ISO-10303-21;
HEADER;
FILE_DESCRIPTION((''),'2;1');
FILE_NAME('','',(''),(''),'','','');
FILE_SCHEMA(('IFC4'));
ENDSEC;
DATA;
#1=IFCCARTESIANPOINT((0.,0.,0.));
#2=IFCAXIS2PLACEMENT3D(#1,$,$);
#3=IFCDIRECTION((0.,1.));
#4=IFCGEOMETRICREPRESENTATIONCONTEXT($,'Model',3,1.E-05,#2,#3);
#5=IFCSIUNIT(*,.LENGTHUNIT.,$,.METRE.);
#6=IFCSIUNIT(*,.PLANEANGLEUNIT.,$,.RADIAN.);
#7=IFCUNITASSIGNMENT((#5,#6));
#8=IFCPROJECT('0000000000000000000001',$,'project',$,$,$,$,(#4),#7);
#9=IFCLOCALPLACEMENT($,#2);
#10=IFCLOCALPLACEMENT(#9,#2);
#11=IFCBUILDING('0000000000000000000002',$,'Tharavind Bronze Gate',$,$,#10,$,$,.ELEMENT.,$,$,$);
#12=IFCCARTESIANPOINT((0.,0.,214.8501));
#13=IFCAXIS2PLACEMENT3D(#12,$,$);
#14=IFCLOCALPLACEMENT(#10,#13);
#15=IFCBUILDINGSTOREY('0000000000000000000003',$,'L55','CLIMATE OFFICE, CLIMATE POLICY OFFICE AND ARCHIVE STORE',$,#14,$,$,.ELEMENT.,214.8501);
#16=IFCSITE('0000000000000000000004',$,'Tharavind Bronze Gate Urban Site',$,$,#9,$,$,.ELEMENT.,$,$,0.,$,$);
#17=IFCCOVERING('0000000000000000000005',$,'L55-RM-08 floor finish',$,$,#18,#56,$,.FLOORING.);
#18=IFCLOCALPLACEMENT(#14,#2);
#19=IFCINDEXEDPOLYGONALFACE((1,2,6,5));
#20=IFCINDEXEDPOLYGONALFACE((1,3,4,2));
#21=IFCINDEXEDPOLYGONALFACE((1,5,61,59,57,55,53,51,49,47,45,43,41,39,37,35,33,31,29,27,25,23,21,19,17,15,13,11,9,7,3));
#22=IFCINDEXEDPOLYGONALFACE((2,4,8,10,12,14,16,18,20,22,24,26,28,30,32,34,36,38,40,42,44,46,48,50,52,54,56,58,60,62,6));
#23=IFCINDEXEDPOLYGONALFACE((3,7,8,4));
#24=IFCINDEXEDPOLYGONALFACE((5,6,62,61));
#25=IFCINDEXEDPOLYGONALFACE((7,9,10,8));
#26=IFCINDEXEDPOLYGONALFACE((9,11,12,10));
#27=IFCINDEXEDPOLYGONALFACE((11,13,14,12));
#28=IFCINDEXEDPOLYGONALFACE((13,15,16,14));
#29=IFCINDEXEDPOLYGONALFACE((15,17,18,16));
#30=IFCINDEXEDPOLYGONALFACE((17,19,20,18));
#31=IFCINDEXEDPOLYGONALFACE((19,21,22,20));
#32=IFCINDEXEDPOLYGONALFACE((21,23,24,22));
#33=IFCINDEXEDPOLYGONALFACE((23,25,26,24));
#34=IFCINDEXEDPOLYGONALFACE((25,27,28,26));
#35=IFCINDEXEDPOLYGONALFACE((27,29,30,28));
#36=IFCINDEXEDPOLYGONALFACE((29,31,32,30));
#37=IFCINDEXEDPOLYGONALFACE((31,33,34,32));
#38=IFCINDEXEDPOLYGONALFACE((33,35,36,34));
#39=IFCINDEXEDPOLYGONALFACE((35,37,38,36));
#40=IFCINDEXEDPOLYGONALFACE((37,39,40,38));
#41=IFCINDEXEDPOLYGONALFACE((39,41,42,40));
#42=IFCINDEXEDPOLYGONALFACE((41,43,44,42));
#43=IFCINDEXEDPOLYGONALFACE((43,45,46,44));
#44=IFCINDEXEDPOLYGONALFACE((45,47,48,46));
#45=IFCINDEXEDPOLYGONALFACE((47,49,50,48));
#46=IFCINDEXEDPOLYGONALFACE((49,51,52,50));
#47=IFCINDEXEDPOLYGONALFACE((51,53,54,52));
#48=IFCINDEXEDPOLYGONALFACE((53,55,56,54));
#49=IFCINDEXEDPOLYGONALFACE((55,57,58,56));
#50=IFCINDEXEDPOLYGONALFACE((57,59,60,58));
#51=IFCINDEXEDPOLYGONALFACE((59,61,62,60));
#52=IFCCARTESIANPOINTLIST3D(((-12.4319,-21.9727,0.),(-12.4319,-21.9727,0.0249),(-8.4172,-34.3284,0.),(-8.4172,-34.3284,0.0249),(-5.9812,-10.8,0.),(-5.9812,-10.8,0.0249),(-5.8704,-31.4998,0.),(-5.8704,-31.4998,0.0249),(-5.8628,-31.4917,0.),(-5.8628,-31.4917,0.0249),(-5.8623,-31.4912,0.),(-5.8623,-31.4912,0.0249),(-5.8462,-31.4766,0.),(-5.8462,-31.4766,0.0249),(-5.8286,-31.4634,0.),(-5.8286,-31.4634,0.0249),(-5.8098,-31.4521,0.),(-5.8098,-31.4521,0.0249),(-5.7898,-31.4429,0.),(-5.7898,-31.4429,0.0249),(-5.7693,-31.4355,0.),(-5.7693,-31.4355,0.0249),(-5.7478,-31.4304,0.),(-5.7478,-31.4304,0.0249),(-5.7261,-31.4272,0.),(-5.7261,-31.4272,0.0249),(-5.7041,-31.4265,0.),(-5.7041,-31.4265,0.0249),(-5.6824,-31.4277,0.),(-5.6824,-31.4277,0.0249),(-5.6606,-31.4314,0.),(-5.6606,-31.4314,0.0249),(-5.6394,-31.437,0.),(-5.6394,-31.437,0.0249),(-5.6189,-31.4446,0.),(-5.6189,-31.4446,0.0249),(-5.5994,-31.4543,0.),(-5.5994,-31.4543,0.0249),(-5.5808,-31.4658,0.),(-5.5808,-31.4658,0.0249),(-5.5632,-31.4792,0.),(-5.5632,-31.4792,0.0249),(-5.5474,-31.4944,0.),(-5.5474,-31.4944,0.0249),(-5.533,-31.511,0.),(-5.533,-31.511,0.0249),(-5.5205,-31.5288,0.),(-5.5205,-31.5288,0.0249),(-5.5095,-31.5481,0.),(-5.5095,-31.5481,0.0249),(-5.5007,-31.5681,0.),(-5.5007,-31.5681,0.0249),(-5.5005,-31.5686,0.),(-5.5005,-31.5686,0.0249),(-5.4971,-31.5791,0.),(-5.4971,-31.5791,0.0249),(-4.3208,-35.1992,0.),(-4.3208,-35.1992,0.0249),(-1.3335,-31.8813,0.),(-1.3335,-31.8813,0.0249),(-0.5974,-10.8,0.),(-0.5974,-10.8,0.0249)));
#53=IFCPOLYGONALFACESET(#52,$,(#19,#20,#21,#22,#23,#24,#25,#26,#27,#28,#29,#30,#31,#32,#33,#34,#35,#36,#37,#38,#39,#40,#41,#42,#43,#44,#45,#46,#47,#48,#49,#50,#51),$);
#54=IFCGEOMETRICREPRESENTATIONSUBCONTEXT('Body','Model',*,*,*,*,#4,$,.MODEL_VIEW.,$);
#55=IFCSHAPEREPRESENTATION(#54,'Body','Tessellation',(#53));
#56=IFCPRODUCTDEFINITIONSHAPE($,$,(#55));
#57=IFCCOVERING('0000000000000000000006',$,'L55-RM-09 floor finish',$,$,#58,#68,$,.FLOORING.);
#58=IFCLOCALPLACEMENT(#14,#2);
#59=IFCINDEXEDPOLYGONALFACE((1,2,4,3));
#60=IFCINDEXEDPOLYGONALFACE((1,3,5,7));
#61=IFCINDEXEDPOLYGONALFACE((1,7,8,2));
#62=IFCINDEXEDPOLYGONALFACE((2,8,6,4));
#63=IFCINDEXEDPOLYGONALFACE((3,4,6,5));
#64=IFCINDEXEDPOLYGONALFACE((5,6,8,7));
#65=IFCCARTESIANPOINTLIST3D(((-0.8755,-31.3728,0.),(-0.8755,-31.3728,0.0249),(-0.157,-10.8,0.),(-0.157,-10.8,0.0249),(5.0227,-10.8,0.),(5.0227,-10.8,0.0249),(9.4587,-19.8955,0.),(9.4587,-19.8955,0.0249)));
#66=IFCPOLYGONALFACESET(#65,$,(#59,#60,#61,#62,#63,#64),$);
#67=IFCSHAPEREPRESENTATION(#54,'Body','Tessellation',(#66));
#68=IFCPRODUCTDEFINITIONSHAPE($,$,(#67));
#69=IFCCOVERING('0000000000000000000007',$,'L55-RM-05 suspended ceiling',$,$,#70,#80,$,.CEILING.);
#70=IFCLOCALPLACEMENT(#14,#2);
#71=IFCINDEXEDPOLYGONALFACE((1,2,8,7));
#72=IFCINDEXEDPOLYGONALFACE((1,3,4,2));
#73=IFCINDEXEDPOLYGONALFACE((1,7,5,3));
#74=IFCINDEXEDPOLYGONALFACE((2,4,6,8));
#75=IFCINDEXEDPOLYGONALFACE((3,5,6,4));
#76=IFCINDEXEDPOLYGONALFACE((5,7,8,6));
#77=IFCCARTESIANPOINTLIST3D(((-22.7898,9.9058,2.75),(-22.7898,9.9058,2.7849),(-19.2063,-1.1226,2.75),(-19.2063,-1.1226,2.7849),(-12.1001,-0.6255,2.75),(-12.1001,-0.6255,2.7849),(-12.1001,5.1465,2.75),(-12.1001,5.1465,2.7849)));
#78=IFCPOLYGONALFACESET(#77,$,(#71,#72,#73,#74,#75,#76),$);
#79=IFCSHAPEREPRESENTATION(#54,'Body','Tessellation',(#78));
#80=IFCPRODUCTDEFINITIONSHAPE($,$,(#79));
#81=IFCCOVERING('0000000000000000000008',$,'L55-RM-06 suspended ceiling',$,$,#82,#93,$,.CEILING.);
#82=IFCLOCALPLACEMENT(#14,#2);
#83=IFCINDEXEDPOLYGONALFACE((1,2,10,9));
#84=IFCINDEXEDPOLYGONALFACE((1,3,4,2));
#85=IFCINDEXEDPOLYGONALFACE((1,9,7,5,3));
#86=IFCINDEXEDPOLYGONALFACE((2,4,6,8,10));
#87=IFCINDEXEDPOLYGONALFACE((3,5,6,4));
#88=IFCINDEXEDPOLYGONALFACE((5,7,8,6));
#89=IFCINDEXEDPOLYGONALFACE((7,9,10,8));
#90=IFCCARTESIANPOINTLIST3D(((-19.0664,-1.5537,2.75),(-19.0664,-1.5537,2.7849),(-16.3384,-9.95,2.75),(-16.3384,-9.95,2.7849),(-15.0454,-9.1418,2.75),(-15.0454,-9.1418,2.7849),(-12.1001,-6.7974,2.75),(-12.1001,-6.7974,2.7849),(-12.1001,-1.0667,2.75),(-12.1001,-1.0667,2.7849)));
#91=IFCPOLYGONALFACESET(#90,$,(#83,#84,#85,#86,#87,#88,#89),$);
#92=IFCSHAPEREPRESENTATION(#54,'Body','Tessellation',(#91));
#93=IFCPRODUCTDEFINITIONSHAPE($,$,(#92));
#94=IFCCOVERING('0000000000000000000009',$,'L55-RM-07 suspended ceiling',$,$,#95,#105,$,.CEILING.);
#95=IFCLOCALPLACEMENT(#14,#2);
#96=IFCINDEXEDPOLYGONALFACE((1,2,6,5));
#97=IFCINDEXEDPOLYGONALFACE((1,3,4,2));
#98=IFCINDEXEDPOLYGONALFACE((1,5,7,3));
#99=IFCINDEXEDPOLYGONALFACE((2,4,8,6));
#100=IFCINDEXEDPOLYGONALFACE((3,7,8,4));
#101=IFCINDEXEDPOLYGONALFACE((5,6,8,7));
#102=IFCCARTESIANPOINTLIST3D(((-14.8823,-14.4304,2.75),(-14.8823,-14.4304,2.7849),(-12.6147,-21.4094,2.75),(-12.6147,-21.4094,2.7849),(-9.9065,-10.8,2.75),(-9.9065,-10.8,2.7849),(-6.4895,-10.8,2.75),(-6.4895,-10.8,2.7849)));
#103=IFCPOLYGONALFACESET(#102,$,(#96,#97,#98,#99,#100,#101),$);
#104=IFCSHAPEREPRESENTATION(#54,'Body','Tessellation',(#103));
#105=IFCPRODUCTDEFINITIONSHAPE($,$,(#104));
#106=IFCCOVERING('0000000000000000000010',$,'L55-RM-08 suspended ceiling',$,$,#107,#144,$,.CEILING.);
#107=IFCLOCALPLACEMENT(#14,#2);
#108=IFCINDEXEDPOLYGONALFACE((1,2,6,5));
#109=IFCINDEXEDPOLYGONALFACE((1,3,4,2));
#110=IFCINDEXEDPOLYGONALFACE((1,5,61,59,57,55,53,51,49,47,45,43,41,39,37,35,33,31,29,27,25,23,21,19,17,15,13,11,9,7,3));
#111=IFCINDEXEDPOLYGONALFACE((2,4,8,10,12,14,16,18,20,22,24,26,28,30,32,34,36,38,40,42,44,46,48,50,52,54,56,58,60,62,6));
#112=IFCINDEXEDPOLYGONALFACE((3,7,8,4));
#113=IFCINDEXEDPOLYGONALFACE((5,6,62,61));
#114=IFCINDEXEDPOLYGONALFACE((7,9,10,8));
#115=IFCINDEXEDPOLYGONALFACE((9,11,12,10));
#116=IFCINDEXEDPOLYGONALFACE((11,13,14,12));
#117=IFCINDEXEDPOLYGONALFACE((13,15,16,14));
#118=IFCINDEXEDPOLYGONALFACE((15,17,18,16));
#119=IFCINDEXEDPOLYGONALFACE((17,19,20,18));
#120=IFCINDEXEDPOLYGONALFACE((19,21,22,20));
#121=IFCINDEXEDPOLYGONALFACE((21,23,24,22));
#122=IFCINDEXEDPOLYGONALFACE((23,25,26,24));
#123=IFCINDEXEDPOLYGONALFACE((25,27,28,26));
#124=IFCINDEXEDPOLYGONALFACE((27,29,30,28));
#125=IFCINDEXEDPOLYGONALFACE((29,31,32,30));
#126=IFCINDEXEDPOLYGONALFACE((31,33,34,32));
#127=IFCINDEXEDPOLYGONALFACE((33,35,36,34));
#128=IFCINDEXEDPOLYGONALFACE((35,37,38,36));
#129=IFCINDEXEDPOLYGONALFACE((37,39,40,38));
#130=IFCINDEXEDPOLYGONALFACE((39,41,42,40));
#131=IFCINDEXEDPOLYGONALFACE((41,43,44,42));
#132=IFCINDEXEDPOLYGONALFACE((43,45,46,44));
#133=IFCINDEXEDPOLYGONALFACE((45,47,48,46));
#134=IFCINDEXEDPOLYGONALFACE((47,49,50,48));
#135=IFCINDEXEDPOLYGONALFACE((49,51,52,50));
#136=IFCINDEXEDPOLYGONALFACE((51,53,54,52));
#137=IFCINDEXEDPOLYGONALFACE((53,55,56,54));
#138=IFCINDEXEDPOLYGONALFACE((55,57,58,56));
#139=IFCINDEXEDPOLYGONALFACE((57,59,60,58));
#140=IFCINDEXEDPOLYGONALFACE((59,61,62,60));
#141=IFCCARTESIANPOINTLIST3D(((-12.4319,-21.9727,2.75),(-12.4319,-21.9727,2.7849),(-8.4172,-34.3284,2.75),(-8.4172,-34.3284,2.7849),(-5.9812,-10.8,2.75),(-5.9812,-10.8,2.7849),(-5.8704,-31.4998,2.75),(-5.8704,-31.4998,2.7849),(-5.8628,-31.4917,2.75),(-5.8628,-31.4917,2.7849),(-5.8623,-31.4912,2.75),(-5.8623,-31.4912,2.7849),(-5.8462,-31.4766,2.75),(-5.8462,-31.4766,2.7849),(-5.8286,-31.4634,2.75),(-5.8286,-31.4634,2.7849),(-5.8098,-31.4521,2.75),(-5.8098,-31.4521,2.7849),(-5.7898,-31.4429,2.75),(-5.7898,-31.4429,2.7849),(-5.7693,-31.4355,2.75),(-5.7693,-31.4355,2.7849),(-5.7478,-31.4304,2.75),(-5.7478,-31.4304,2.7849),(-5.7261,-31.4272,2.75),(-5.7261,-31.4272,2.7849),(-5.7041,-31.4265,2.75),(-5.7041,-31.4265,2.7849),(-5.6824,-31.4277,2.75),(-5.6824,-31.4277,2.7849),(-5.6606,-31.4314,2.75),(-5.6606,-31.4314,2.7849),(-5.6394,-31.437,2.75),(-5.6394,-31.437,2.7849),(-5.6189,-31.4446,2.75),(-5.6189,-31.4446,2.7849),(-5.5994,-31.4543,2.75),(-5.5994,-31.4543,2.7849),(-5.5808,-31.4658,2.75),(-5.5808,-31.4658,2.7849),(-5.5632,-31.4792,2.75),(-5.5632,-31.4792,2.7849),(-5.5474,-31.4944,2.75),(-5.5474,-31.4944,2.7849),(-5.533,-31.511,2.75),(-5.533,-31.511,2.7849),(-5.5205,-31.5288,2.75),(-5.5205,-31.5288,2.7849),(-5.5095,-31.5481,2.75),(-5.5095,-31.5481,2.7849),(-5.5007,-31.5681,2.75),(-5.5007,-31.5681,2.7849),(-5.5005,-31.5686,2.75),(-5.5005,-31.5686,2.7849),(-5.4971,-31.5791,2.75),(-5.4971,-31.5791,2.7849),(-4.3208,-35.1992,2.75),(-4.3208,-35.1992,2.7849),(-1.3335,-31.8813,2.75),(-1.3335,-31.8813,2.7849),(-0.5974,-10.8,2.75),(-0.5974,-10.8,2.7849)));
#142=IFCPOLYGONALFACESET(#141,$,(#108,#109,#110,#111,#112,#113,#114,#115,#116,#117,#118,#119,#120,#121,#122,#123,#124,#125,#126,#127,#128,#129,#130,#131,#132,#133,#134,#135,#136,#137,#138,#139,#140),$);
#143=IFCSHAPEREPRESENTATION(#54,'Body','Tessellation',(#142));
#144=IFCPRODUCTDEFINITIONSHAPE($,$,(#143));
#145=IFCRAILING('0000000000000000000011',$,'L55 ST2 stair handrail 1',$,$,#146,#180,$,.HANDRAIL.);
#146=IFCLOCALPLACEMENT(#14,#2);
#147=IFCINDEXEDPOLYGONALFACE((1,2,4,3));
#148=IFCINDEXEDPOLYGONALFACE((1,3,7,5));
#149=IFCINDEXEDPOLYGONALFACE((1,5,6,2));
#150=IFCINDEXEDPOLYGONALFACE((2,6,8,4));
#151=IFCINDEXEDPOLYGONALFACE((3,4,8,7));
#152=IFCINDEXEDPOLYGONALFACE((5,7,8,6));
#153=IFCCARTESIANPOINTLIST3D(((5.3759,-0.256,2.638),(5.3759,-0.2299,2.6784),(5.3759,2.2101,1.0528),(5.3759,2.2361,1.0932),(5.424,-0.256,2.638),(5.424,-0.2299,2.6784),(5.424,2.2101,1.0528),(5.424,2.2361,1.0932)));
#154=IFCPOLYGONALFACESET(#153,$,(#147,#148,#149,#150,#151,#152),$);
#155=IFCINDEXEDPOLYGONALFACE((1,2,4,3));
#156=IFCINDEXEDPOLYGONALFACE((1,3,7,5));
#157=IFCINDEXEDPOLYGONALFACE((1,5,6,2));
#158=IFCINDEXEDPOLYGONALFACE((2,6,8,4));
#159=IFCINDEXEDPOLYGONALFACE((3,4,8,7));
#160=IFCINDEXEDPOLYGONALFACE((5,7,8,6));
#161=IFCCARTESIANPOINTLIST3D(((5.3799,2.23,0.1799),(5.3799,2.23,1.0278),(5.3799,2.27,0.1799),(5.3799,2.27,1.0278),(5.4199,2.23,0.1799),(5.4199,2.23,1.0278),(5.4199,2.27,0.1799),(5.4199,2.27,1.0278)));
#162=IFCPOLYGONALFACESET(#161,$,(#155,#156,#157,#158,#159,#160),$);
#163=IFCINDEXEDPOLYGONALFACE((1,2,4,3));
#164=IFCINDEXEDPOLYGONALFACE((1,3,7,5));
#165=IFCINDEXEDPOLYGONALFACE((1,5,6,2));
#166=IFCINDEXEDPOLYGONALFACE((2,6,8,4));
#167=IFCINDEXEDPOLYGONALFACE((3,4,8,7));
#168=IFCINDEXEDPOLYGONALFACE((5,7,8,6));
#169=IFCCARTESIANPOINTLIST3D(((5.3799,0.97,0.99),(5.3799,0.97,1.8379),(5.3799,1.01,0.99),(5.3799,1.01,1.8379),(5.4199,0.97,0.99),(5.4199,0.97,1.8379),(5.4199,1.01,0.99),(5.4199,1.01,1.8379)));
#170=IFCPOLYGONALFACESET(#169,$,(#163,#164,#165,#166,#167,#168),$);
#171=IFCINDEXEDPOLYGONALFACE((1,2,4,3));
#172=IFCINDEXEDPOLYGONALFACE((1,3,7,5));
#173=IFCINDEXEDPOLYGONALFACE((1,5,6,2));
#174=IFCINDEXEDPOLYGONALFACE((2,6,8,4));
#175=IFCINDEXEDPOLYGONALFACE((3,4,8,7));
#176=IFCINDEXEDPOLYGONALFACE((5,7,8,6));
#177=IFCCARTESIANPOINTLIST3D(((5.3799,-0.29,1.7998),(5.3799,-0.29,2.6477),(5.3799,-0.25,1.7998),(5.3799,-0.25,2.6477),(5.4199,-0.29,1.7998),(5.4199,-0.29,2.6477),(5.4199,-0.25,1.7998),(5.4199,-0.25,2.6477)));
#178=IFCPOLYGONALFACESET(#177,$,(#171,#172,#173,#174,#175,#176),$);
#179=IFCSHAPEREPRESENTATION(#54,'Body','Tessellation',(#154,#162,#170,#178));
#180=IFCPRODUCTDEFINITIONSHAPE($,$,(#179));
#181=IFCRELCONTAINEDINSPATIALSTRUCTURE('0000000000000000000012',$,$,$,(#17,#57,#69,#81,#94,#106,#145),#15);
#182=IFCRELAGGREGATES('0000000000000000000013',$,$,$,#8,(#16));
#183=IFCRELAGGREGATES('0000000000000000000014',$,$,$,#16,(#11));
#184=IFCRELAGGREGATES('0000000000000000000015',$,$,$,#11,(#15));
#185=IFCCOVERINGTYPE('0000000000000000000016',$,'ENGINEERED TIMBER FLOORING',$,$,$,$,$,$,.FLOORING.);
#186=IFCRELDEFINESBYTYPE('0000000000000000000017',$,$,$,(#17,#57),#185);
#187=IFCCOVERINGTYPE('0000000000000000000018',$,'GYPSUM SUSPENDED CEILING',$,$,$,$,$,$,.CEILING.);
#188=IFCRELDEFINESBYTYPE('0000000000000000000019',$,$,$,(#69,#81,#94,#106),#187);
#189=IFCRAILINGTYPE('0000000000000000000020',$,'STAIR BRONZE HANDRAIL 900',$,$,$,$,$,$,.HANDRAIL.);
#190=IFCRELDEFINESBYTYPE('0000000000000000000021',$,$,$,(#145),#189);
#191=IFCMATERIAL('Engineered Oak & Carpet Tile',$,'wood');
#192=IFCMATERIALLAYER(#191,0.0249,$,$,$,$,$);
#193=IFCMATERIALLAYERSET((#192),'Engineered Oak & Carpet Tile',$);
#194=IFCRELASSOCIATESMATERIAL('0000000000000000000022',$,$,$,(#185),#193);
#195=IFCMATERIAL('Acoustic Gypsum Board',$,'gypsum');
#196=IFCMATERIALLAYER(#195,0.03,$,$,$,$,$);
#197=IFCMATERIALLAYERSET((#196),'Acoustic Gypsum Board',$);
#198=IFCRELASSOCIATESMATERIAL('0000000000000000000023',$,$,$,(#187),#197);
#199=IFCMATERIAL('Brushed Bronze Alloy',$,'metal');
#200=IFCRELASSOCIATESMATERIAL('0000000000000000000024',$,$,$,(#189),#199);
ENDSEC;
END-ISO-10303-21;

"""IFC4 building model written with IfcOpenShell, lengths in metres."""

from ifc_helpers import new_model, si_unit, direction, frame, origin, origin_2d, place, context, subcontext, project, spatial, polyline, rectangle, outline, extrude, material, layer, layer_set, type_object, element, save


model = new_model("IFC4")

# Units and contexts
model_context = context("Model", 3, precision=1e-05, world=origin(), true_north=direction((0.0, 1.0)))
body_context = subcontext(model_context, "Body", "Model", "MODEL_VIEW")
ifc_project = project(units=[si_unit("LENGTHUNIT", "METRE"), si_unit("PLANEANGLEUNIT", "RADIAN")], contexts=[model_context])

# Site, building, storey
site_placement = place(None, origin())
site = spatial("IfcSite", under=ifc_project, at=site_placement, Name="Tharavind Bronze Gate Urban Site", CompositionType="ELEMENT", RefElevation=0.0)
building_placement = place(site_placement, origin())
building = spatial("IfcBuilding", under=site, at=building_placement, Name="Tharavind Bronze Gate", CompositionType="ELEMENT")
storey_placement = place(building_placement, frame((0.0, 0.0, 214.8501)))
storey = spatial("IfcBuildingStorey", under=building, at=storey_placement, Name="L55", Description="CLIMATE OFFICE, CLIMATE POLICY OFFICE AND ARCHIVE STORE", CompositionType="ELEMENT", Elevation=214.8501)

# Coverings
ifc_material_1 = material(Name="Engineered Oak & Carpet Tile", Category="wood")
ifc_layer_1 = layer(ifc_material_1, 0.0249)
ifc_layer_set_1 = layer_set([ifc_layer_1], Name="Engineered Oak & Carpet Tile")
covering_type_1 = type_object("IfcCoveringType", Name="ENGINEERED TIMBER FLOORING", PredefinedType="FLOORING", material=ifc_layer_set_1)
covering_1_placement = place(storey_placement, origin())
element("IfcCovering", 1, at=covering_1_placement, inside=storey, type_object=covering_type_1, Name="L55-RM-08 floor finish", PredefinedType="FLOORING", context=body_context, shape_type="SweptSolid", body=[
    extrude(outline(polyline([(-8.4172, -34.3284), (-5.8704, -31.4998), (-5.8628, -31.4917), (-5.8623, -31.4912), (-5.8462, -31.4766), (-5.8286, -31.4634), (-5.8098, -31.4521), (-5.7898, -31.4429), (-5.7693, -31.4355), (-5.7478, -31.4304), (-5.7261, -31.4272), (-5.7041, -31.4265), (-5.6824, -31.4277), (-5.6606, -31.4314), (-5.6394, -31.437), (-5.6189, -31.4446), (-5.5994, -31.4543), (-5.5808, -31.4658), (-5.5632, -31.4792), (-5.5474, -31.4944), (-5.533, -31.511), (-5.5205, -31.5288), (-5.5095, -31.5481), (-5.5007, -31.5681), (-5.5005, -31.5686), (-5.4971, -31.5791), (-4.3208, -35.1992), (-1.3335, -31.8813), (-0.5974, -10.8), (-5.9812, -10.8), (-12.4319, -21.9727), (-8.4172, -34.3284)])), origin(), (0.0, 0.0, 1.0), 0.0249),
])
covering_2_placement = place(storey_placement, origin())
element("IfcCovering", 2, at=covering_2_placement, inside=storey, type_object=covering_type_1, Name="L55-RM-09 floor finish", PredefinedType="FLOORING", context=body_context, shape_type="SweptSolid", body=[
    extrude(outline(polyline([(9.4587, -19.8955), (5.0227, -10.8), (-0.157, -10.8), (-0.8755, -31.3728), (9.4587, -19.8955)])), origin(), (0.0, 0.0, 1.0), 0.0249),
])
ifc_material_2 = material(Name="Acoustic Gypsum Board", Category="gypsum")
ifc_layer_2 = layer(ifc_material_2, 0.03)
ifc_layer_set_2 = layer_set([ifc_layer_2], Name="Acoustic Gypsum Board")
covering_type_2 = type_object("IfcCoveringType", Name="GYPSUM SUSPENDED CEILING", PredefinedType="CEILING", material=ifc_layer_set_2)
covering_3_placement = place(storey_placement, frame((0.0, 0.0, 2.75)))
element("IfcCovering", 3, at=covering_3_placement, inside=storey, type_object=covering_type_2, Name="L55-RM-05 suspended ceiling", PredefinedType="CEILING", context=body_context, shape_type="SweptSolid", body=[
    extrude(outline(polyline([(-19.2063, -1.1226), (-12.1001, -0.6255), (-12.1001, 5.1465), (-22.7898, 9.9058), (-19.2063, -1.1226)])), origin(), (0.0, 0.0, 1.0), 0.0349),
])
covering_4_placement = place(storey_placement, frame((0.0, 0.0, 2.75)))
element("IfcCovering", 4, at=covering_4_placement, inside=storey, type_object=covering_type_2, Name="L55-RM-06 suspended ceiling", PredefinedType="CEILING", context=body_context, shape_type="SweptSolid", body=[
    extrude(outline(polyline([(-16.3384, -9.95), (-15.0454, -9.1418), (-12.1001, -6.7974), (-12.1001, -1.0667), (-19.0664, -1.5537), (-16.3384, -9.95)])), origin(), (0.0, 0.0, 1.0), 0.0349),
])
covering_5_placement = place(storey_placement, frame((0.0, 0.0, 2.75)))
element("IfcCovering", 5, at=covering_5_placement, inside=storey, type_object=covering_type_2, Name="L55-RM-07 suspended ceiling", PredefinedType="CEILING", context=body_context, shape_type="SweptSolid", body=[
    extrude(outline(polyline([(-12.6147, -21.4094), (-6.4895, -10.8), (-9.9065, -10.8), (-14.8823, -14.4304), (-12.6147, -21.4094)])), origin(), (0.0, 0.0, 1.0), 0.0349),
])
covering_6_placement = place(storey_placement, frame((0.0, 0.0, 2.75)))
element("IfcCovering", 6, at=covering_6_placement, inside=storey, type_object=covering_type_2, Name="L55-RM-08 suspended ceiling", PredefinedType="CEILING", context=body_context, shape_type="SweptSolid", body=[
    extrude(outline(polyline([(-8.4172, -34.3284), (-5.8704, -31.4998), (-5.8628, -31.4917), (-5.8623, -31.4912), (-5.8462, -31.4766), (-5.8286, -31.4634), (-5.8098, -31.4521), (-5.7898, -31.4429), (-5.7693, -31.4355), (-5.7478, -31.4304), (-5.7261, -31.4272), (-5.7041, -31.4265), (-5.6824, -31.4277), (-5.6606, -31.4314), (-5.6394, -31.437), (-5.6189, -31.4446), (-5.5994, -31.4543), (-5.5808, -31.4658), (-5.5632, -31.4792), (-5.5474, -31.4944), (-5.533, -31.511), (-5.5205, -31.5288), (-5.5095, -31.5481), (-5.5007, -31.5681), (-5.5005, -31.5686), (-5.4971, -31.5791), (-4.3208, -35.1992), (-1.3335, -31.8813), (-0.5974, -10.8), (-5.9812, -10.8), (-12.4319, -21.9727), (-8.4172, -34.3284)])), origin(), (0.0, 0.0, 1.0), 0.0349),
])

# Railing
ifc_material_3 = material(Name="Brushed Bronze Alloy", Category="metal")
railing_type_1 = type_object("IfcRailingType", Name="STAIR BRONZE HANDRAIL 900", PredefinedType="HANDRAIL", material=ifc_material_3)
railing_1_placement = place(storey_placement, frame((5.3999, 2.25, 0.1799)))
element("IfcRailing", 7, at=railing_1_placement, inside=storey, type_object=railing_type_1, Name="L55 ST2 stair handrail 1", PredefinedType="HANDRAIL", context=body_context, shape_type="SweptSolid", body=[
    extrude(rectangle(XDim=0.0481, YDim=0.0481, at=origin_2d()), frame((0.0, -0.0269, 0.8931), z_axis=(0.0, -0.8412, 0.540725), x_axis=(1.0, 0.0, 0.0)), (0.0, 0.0, 1.0), 2.9316),
    extrude(rectangle(XDim=0.04, YDim=0.04, at=origin_2d()), origin(), (0.0, 0.0, 1.0), 0.8479),
    extrude(rectangle(XDim=0.04, YDim=0.04, at=origin_2d()), frame((0.0, -1.26, 0.8101)), (0.0, 0.0, 1.0), 0.8479),
    extrude(rectangle(XDim=0.04, YDim=0.04, at=origin_2d()), frame((0.0, -2.52, 1.6199)), (0.0, 0.0, 1.0), 0.8479),
])

save(model, "model.ifc")
